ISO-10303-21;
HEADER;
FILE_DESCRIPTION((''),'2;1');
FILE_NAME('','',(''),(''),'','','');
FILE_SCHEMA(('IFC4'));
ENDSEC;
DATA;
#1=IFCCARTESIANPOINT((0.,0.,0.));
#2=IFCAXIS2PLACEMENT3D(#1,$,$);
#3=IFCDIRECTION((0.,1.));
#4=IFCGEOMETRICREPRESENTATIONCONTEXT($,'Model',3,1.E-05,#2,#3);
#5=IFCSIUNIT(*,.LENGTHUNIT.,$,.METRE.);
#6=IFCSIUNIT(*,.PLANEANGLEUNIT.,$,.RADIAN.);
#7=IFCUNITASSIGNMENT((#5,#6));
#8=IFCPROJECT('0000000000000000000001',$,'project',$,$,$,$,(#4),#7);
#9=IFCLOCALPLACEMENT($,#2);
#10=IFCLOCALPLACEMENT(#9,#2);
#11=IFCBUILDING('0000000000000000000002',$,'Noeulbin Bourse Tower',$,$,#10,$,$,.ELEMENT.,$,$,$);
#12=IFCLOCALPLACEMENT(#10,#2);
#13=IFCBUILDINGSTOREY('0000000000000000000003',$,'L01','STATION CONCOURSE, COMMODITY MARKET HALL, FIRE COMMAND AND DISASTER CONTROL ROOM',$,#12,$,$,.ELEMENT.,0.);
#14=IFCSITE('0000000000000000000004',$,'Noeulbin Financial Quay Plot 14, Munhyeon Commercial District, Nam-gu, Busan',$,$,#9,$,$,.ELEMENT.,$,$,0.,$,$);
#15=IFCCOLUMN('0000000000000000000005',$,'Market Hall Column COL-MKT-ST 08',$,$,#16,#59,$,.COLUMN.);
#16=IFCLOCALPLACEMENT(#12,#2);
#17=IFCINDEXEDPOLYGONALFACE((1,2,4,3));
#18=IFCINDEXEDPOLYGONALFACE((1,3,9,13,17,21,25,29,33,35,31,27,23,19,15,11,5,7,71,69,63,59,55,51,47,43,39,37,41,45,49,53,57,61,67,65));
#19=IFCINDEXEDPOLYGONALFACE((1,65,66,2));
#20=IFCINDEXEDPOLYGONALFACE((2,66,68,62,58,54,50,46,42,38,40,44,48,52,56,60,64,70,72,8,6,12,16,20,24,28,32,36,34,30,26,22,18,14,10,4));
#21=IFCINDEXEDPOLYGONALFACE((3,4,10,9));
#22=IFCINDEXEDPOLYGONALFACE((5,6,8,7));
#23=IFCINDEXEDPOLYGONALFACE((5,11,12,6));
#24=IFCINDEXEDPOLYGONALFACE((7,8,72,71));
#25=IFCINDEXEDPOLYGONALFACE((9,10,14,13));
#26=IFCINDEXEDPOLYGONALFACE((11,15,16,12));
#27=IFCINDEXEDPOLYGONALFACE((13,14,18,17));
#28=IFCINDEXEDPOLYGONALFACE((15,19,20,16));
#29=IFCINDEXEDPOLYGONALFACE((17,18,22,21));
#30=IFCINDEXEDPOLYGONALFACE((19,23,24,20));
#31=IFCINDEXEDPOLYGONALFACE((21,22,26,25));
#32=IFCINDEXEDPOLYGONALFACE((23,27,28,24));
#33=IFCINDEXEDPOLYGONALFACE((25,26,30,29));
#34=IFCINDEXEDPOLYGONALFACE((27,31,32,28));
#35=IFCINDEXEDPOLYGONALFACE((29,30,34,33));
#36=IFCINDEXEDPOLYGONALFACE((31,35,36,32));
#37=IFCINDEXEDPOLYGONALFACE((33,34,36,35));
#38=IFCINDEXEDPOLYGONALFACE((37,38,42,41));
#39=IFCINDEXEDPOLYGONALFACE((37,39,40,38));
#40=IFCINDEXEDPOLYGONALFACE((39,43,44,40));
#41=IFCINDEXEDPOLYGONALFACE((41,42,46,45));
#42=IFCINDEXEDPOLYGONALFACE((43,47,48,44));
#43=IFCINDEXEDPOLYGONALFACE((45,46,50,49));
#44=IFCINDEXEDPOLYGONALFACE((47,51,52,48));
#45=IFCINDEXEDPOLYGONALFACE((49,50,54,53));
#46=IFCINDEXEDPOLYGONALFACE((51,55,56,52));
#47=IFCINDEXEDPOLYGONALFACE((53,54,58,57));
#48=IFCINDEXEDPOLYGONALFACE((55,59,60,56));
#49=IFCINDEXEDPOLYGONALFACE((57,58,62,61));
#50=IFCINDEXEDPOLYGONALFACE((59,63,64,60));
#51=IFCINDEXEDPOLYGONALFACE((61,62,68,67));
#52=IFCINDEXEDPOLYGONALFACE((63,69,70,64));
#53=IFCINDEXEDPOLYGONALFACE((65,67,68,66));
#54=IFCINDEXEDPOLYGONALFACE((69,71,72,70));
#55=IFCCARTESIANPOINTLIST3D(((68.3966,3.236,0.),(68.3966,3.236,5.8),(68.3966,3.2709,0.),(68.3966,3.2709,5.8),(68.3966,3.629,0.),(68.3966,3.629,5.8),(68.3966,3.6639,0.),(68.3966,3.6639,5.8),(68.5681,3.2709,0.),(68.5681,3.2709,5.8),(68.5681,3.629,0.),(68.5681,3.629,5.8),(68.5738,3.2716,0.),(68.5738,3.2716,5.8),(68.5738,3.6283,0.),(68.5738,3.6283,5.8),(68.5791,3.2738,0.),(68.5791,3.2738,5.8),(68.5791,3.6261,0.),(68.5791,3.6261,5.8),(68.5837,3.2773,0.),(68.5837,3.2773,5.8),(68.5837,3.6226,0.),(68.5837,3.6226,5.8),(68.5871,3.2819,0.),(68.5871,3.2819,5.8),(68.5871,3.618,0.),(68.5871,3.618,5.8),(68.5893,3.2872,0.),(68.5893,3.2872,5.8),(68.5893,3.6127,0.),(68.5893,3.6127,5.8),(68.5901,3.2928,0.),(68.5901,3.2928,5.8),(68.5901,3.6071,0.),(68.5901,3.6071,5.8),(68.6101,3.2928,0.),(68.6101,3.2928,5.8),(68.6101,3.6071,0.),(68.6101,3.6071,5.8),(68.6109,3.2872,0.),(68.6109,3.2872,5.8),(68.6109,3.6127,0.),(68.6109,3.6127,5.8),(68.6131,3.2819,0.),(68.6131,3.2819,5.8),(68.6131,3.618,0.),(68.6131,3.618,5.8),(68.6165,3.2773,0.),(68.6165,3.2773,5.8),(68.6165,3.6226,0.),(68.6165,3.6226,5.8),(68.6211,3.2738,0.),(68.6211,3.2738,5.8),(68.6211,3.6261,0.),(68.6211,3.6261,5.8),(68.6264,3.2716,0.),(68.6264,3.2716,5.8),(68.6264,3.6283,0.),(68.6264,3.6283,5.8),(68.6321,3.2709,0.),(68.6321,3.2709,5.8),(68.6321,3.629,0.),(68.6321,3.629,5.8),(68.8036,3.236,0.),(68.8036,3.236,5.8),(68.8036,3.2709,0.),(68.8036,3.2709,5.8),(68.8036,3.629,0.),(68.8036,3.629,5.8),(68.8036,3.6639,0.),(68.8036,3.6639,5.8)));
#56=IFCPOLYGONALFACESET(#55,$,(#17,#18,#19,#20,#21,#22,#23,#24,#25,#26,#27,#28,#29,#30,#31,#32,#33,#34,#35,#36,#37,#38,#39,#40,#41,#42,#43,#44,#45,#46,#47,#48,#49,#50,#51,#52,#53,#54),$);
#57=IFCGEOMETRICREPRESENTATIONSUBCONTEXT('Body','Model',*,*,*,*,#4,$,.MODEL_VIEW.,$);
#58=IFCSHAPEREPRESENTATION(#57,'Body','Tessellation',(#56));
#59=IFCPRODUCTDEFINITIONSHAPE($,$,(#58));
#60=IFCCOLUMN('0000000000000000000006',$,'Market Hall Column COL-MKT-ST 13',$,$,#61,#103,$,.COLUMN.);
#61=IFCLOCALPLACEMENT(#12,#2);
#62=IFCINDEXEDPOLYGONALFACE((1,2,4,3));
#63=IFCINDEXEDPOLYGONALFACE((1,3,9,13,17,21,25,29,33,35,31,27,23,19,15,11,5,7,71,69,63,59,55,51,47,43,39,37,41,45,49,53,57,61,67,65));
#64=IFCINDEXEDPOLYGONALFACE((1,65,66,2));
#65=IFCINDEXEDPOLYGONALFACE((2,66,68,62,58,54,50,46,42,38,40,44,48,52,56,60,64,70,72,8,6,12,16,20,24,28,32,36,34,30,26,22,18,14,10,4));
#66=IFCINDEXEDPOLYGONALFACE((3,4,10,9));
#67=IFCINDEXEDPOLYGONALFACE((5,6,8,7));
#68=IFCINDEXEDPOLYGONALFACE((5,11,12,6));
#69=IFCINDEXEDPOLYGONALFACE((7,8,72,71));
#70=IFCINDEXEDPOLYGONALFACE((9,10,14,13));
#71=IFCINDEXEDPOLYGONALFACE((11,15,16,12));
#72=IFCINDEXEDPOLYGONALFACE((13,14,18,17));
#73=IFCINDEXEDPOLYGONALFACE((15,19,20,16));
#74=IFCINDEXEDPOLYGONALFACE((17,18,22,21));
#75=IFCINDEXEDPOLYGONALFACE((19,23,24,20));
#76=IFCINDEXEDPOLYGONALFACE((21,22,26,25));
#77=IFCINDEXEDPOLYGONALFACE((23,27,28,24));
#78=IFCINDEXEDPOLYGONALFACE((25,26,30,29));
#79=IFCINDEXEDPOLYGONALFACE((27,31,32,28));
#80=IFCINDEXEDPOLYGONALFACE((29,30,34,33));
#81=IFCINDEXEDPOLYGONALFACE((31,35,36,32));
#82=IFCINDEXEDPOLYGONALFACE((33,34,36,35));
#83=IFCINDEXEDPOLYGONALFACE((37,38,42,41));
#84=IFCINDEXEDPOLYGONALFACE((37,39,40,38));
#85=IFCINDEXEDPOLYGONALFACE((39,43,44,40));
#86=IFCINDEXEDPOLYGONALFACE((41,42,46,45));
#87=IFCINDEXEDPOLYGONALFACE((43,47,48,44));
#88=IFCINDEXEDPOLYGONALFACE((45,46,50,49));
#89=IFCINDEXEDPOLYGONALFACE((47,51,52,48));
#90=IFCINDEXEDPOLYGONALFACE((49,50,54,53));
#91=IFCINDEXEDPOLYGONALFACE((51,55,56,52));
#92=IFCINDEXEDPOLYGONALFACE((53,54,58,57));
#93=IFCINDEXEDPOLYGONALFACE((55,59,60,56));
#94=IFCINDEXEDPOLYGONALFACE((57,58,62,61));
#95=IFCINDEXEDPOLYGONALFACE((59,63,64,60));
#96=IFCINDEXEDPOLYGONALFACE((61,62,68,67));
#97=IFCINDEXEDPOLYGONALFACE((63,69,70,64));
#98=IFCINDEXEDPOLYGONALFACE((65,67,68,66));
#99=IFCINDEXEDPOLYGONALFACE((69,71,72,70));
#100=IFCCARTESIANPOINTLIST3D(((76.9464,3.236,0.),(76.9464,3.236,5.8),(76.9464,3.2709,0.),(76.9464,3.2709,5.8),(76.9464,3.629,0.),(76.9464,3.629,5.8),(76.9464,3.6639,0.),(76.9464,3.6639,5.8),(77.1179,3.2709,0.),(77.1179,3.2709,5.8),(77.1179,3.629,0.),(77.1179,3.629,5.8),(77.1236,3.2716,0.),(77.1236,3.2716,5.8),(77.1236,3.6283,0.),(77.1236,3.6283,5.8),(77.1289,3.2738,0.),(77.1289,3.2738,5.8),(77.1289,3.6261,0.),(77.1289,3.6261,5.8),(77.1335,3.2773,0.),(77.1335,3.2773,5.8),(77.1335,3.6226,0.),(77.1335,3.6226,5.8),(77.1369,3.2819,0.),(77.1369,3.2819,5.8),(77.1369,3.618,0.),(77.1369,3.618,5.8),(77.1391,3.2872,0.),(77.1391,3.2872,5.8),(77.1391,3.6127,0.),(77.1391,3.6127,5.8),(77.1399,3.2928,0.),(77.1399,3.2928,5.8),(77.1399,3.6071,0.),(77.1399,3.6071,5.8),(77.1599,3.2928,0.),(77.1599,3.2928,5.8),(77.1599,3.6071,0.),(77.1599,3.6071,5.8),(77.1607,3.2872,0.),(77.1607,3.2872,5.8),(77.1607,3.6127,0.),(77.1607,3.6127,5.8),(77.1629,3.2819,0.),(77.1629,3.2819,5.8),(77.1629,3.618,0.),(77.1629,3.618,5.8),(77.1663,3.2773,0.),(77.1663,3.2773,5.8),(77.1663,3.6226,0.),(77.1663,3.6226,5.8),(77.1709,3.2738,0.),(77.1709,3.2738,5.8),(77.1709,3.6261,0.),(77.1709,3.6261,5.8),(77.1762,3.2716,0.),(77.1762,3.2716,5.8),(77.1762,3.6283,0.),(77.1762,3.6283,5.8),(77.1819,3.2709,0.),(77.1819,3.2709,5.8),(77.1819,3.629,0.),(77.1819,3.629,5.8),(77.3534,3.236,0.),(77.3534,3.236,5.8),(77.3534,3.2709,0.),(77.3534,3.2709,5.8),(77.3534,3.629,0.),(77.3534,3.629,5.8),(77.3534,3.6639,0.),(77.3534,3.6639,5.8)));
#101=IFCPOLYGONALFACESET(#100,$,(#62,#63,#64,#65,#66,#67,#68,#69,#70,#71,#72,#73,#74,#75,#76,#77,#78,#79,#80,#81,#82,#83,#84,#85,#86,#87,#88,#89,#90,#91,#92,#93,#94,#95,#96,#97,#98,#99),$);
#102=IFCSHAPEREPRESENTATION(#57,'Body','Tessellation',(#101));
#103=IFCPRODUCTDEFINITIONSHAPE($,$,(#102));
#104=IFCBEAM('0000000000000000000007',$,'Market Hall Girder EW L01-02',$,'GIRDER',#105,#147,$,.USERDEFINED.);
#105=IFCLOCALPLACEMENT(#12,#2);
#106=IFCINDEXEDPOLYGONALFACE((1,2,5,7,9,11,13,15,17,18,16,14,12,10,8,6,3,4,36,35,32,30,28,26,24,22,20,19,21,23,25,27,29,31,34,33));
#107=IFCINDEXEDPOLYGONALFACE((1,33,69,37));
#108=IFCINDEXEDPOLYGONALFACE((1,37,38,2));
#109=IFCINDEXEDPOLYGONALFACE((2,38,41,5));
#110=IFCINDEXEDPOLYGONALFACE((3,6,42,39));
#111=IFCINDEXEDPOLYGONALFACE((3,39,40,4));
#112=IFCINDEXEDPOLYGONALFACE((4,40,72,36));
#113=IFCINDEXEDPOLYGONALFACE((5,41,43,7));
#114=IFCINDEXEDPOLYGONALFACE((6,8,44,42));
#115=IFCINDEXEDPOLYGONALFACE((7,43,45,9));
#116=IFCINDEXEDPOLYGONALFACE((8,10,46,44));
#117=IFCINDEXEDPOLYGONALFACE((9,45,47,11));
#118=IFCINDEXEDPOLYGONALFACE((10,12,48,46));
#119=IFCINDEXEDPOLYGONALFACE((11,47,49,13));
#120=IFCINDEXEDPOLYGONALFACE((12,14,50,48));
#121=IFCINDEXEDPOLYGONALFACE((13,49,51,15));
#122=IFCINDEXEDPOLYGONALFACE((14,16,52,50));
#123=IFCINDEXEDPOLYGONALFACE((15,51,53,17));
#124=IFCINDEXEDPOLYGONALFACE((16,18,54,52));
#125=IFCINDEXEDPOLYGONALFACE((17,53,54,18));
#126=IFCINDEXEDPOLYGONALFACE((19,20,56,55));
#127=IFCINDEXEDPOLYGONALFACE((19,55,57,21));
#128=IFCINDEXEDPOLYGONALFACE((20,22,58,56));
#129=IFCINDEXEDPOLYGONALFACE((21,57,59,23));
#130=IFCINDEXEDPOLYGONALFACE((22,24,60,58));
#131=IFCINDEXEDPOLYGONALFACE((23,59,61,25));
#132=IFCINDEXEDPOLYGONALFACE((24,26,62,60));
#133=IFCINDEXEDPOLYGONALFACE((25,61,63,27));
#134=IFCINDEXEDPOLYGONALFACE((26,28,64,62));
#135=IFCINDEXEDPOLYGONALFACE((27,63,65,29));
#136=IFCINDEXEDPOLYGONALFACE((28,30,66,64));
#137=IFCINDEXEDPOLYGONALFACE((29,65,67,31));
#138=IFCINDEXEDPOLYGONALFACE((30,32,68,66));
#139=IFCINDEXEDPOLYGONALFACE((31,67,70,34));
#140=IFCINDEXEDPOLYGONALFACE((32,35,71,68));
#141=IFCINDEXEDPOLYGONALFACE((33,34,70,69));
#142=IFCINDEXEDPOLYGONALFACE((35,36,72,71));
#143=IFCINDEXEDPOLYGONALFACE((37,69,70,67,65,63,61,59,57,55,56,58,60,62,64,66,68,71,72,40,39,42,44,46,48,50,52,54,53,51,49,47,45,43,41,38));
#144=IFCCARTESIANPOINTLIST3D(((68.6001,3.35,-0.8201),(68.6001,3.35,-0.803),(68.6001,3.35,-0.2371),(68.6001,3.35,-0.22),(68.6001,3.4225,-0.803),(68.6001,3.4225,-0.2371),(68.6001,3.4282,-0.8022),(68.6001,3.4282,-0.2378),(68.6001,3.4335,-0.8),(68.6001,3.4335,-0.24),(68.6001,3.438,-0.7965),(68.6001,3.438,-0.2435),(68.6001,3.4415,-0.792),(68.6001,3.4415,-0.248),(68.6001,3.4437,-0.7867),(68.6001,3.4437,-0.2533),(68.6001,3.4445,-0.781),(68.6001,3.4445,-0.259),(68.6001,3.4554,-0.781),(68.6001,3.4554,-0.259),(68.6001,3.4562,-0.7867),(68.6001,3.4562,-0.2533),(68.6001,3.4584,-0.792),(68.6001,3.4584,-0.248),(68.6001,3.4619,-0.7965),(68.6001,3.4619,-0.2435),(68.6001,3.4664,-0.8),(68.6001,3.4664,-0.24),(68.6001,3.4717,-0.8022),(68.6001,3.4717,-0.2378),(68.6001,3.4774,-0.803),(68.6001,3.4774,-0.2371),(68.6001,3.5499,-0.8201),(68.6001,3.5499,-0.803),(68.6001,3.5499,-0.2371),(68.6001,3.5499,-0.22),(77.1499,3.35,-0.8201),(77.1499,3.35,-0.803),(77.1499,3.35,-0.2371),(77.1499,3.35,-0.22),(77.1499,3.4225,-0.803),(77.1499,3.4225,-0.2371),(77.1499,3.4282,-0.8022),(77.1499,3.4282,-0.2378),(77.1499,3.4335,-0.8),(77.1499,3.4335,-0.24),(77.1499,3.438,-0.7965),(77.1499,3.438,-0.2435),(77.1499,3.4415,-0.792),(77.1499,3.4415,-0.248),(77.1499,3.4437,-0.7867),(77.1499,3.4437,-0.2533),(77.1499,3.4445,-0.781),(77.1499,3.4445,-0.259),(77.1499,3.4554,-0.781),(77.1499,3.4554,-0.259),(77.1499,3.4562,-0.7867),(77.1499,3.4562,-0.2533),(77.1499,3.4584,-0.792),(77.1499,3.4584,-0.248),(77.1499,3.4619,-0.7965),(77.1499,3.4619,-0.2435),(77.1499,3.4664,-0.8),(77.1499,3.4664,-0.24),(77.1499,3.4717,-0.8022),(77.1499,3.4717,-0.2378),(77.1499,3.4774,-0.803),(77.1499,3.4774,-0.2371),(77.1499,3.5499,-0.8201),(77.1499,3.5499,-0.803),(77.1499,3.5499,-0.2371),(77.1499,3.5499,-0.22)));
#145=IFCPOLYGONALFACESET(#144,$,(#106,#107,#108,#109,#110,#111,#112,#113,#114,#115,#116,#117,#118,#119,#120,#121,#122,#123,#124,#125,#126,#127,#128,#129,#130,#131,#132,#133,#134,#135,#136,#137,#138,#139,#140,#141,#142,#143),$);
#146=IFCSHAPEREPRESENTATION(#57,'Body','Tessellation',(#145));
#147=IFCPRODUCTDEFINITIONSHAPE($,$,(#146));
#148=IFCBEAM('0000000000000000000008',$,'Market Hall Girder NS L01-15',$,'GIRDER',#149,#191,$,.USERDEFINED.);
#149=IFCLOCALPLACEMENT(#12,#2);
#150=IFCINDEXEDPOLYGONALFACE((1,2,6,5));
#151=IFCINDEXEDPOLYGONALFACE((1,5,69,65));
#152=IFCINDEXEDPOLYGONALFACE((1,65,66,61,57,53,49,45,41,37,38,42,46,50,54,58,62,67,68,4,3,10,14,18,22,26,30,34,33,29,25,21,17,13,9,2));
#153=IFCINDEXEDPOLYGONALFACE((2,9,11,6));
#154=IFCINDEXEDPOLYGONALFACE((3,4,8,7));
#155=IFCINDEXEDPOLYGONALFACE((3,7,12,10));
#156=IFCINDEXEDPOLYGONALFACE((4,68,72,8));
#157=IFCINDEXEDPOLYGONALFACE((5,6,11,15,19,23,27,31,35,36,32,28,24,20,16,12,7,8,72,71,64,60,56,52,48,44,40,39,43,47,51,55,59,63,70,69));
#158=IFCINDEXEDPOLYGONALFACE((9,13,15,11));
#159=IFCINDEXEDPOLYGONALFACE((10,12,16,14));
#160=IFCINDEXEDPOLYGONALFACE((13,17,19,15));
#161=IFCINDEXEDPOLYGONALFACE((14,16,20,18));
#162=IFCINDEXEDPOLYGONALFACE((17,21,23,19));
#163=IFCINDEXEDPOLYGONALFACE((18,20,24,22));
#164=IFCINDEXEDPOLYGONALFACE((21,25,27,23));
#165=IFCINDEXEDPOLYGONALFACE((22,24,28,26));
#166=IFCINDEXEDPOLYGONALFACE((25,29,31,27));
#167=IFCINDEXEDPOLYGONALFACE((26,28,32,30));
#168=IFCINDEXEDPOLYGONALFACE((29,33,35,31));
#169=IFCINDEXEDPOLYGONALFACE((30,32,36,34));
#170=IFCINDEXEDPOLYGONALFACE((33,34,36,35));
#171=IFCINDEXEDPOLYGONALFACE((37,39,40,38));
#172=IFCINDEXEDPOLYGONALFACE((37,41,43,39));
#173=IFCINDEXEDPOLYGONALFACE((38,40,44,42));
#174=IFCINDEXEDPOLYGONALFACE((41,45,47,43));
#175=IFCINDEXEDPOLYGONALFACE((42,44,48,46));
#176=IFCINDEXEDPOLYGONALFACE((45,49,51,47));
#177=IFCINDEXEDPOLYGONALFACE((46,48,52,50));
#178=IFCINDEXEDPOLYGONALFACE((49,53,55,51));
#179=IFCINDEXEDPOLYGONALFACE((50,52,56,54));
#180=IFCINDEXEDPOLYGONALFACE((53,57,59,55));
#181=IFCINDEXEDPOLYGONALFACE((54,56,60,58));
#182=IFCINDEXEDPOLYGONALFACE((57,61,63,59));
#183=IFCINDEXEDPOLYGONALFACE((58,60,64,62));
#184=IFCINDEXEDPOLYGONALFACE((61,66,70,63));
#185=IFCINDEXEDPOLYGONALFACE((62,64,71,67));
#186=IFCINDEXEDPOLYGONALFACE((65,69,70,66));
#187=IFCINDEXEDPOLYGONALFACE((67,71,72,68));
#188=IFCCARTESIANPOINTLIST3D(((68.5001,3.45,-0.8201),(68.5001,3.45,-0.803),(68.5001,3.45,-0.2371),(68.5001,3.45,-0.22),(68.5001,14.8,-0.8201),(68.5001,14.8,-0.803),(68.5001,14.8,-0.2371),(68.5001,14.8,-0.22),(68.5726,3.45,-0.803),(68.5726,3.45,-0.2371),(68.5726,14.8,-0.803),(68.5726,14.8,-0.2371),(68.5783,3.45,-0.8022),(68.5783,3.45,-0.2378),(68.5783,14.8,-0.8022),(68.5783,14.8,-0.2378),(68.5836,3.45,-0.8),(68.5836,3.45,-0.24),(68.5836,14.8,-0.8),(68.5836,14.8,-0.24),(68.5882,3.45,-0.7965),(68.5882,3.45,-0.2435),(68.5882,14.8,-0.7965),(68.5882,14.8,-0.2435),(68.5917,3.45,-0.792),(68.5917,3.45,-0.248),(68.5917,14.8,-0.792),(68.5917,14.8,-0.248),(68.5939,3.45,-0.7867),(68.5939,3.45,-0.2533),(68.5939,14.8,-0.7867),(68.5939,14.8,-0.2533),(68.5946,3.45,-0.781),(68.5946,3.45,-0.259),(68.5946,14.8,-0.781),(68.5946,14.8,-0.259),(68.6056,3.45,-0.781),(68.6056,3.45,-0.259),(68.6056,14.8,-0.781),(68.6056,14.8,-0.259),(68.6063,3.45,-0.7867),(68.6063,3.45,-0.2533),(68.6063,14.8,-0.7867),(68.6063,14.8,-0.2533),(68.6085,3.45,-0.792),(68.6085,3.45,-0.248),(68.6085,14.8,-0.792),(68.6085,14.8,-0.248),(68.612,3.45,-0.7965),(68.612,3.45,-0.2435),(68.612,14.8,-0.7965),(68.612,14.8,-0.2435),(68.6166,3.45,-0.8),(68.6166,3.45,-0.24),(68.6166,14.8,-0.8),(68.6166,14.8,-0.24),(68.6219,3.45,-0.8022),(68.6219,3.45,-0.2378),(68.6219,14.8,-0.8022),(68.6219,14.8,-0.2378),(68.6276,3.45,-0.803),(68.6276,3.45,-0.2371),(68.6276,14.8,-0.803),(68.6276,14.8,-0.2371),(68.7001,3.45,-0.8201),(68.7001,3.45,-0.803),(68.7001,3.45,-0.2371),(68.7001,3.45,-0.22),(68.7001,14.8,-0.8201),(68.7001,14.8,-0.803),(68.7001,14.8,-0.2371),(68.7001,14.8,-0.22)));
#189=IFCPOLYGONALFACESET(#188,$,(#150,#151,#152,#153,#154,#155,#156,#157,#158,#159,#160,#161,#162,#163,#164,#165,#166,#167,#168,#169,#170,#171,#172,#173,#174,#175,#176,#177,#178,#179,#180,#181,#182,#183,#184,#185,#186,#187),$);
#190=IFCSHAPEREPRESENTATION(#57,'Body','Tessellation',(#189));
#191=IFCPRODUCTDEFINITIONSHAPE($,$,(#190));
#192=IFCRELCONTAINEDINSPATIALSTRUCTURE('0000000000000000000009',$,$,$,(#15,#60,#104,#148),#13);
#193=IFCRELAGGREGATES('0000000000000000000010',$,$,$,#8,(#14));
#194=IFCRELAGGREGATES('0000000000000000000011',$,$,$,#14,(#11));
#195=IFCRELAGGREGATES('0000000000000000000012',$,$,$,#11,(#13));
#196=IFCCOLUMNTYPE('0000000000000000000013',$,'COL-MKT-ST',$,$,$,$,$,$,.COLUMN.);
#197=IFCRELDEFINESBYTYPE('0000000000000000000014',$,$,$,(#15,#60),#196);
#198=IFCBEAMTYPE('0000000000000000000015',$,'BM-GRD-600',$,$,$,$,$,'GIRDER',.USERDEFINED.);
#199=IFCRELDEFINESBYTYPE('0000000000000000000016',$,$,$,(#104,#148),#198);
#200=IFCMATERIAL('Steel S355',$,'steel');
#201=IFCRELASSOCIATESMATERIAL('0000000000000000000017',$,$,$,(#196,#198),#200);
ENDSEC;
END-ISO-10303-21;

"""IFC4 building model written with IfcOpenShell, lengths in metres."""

from ifc_helpers import new_model, si_unit, direction, frame, origin, origin_2d, place, context, subcontext, project, spatial, i_section, extrude, material, material_profile, profile_set, type_object, element, save


model = new_model("IFC4")

# Units and contexts
model_context = context("Model", 3, precision=1e-05, world=origin(), true_north=direction((0.0, 1.0)))
body_context = subcontext(model_context, "Body", "Model", "MODEL_VIEW")
ifc_project = project(units=[si_unit("LENGTHUNIT", "METRE"), si_unit("PLANEANGLEUNIT", "RADIAN")], contexts=[model_context])

# Site, building, storey
site_placement = place(None, origin())
site = spatial("IfcSite", under=ifc_project, at=site_placement, Name="Noeulbin Financial Quay Plot 14, Munhyeon Commercial District, Nam-gu, Busan", CompositionType="ELEMENT", RefElevation=0.0)
building_placement = place(site_placement, origin())
building = spatial("IfcBuilding", under=site, at=building_placement, Name="Noeulbin Bourse Tower", CompositionType="ELEMENT")
storey_placement = place(building_placement, origin())
storey = spatial("IfcBuildingStorey", under=building, at=storey_placement, Name="L01", Description="STATION CONCOURSE, COMMODITY MARKET HALL, FIRE COMMAND AND DISASTER CONTROL ROOM", CompositionType="ELEMENT", Elevation=0.0)

# Columns
ifc_material_1 = material(Name="Steel S355", Category="steel")
ifc_material_profile_1 = material_profile(ifc_material_1, i_section(OverallWidth=0.407, OverallDepth=0.428, WebThickness=0.02, FlangeThickness=0.0349, FilletRadius=0.022, at=origin_2d()), Name="H-428x407x20x35", Category="LoadBearing")
ifc_profile_set_1 = profile_set([ifc_material_profile_1], Name="Steel S355")
column_type = type_object("IfcColumnType", Name="COL-MKT-ST", PredefinedType="COLUMN", material=ifc_profile_set_1)
for number, where, z_axis, x_axis, name in (
    (1, (68.6001, 3.45, 0.0), (0.0, 0.0, 1.0), (1.0, 0.0, 0.0), "Market Hall Column COL-MKT-ST 08"),
    (2, (77.1499, 3.45, 0.0), (0.0, 0.0, 1.0), (1.0, 0.0, 0.0), "Market Hall Column COL-MKT-ST 13"),
):
    element("IfcColumn", number, at=place(storey_placement, frame(where, z_axis=z_axis, x_axis=x_axis)), inside=storey, type_object=column_type, Name=name, PredefinedType="COLUMN", context=body_context, shape_type="SweptSolid", body=[
        extrude(i_section(OverallWidth=0.407, OverallDepth=0.428, WebThickness=0.02, FlangeThickness=0.0349, FilletRadius=0.022, at=origin_2d()), origin(), (0.0, 0.0, 1.0), 5.8),
    ])

# Beams
ifc_material_profile_2 = material_profile(ifc_material_1, i_section(OverallWidth=0.2, OverallDepth=0.6001, WebThickness=0.011, FlangeThickness=0.0171, FilletRadius=0.022, at=origin_2d()), Name="H-600x200x11x17", Category="LoadBearing")
ifc_profile_set_2 = profile_set([ifc_material_profile_2], Name="Steel S355")
beam_type_1 = type_object("IfcBeamType", Name="BM-GRD-600", ElementType="GIRDER", PredefinedType="USERDEFINED", material=ifc_profile_set_2)
beam_1_placement = place(storey_placement, frame((68.6001, 3.45, -0.52), z_axis=(1.0, 0.0, 0.0), x_axis=(0.0, 1.0, 0.0)))
element("IfcBeam", 3, at=beam_1_placement, inside=storey, type_object=beam_type_1, Name="Market Hall Girder EW L01-02", ObjectType="GIRDER", PredefinedType="USERDEFINED", context=body_context, shape_type="SweptSolid", body=[
    extrude(i_section(OverallWidth=0.2, OverallDepth=0.6001, WebThickness=0.011, FlangeThickness=0.0171, FilletRadius=0.022, at=origin_2d()), origin(), (0.0, 0.0, 1.0), 8.5498),
])
for number, where, z_axis, x_axis, name in (
    (4, (68.6001, 3.45, -0.52), (0.0, 1.0, 0.0), (-1.0, 0.0, 0.0), "Market Hall Girder NS L01-15"),
):
    element("IfcBeam", number, at=place(storey_placement, frame(where, z_axis=z_axis, x_axis=x_axis)), inside=storey, type_object=beam_type_1, Name=name, ObjectType="GIRDER", PredefinedType="USERDEFINED", context=body_context, shape_type="SweptSolid", body=[
        extrude(i_section(OverallWidth=0.2, OverallDepth=0.6001, WebThickness=0.011, FlangeThickness=0.0171, FilletRadius=0.022, at=origin_2d()), origin(), (0.0, 0.0, 1.0), 11.3501),
    ])

save(model, "model.ifc")
